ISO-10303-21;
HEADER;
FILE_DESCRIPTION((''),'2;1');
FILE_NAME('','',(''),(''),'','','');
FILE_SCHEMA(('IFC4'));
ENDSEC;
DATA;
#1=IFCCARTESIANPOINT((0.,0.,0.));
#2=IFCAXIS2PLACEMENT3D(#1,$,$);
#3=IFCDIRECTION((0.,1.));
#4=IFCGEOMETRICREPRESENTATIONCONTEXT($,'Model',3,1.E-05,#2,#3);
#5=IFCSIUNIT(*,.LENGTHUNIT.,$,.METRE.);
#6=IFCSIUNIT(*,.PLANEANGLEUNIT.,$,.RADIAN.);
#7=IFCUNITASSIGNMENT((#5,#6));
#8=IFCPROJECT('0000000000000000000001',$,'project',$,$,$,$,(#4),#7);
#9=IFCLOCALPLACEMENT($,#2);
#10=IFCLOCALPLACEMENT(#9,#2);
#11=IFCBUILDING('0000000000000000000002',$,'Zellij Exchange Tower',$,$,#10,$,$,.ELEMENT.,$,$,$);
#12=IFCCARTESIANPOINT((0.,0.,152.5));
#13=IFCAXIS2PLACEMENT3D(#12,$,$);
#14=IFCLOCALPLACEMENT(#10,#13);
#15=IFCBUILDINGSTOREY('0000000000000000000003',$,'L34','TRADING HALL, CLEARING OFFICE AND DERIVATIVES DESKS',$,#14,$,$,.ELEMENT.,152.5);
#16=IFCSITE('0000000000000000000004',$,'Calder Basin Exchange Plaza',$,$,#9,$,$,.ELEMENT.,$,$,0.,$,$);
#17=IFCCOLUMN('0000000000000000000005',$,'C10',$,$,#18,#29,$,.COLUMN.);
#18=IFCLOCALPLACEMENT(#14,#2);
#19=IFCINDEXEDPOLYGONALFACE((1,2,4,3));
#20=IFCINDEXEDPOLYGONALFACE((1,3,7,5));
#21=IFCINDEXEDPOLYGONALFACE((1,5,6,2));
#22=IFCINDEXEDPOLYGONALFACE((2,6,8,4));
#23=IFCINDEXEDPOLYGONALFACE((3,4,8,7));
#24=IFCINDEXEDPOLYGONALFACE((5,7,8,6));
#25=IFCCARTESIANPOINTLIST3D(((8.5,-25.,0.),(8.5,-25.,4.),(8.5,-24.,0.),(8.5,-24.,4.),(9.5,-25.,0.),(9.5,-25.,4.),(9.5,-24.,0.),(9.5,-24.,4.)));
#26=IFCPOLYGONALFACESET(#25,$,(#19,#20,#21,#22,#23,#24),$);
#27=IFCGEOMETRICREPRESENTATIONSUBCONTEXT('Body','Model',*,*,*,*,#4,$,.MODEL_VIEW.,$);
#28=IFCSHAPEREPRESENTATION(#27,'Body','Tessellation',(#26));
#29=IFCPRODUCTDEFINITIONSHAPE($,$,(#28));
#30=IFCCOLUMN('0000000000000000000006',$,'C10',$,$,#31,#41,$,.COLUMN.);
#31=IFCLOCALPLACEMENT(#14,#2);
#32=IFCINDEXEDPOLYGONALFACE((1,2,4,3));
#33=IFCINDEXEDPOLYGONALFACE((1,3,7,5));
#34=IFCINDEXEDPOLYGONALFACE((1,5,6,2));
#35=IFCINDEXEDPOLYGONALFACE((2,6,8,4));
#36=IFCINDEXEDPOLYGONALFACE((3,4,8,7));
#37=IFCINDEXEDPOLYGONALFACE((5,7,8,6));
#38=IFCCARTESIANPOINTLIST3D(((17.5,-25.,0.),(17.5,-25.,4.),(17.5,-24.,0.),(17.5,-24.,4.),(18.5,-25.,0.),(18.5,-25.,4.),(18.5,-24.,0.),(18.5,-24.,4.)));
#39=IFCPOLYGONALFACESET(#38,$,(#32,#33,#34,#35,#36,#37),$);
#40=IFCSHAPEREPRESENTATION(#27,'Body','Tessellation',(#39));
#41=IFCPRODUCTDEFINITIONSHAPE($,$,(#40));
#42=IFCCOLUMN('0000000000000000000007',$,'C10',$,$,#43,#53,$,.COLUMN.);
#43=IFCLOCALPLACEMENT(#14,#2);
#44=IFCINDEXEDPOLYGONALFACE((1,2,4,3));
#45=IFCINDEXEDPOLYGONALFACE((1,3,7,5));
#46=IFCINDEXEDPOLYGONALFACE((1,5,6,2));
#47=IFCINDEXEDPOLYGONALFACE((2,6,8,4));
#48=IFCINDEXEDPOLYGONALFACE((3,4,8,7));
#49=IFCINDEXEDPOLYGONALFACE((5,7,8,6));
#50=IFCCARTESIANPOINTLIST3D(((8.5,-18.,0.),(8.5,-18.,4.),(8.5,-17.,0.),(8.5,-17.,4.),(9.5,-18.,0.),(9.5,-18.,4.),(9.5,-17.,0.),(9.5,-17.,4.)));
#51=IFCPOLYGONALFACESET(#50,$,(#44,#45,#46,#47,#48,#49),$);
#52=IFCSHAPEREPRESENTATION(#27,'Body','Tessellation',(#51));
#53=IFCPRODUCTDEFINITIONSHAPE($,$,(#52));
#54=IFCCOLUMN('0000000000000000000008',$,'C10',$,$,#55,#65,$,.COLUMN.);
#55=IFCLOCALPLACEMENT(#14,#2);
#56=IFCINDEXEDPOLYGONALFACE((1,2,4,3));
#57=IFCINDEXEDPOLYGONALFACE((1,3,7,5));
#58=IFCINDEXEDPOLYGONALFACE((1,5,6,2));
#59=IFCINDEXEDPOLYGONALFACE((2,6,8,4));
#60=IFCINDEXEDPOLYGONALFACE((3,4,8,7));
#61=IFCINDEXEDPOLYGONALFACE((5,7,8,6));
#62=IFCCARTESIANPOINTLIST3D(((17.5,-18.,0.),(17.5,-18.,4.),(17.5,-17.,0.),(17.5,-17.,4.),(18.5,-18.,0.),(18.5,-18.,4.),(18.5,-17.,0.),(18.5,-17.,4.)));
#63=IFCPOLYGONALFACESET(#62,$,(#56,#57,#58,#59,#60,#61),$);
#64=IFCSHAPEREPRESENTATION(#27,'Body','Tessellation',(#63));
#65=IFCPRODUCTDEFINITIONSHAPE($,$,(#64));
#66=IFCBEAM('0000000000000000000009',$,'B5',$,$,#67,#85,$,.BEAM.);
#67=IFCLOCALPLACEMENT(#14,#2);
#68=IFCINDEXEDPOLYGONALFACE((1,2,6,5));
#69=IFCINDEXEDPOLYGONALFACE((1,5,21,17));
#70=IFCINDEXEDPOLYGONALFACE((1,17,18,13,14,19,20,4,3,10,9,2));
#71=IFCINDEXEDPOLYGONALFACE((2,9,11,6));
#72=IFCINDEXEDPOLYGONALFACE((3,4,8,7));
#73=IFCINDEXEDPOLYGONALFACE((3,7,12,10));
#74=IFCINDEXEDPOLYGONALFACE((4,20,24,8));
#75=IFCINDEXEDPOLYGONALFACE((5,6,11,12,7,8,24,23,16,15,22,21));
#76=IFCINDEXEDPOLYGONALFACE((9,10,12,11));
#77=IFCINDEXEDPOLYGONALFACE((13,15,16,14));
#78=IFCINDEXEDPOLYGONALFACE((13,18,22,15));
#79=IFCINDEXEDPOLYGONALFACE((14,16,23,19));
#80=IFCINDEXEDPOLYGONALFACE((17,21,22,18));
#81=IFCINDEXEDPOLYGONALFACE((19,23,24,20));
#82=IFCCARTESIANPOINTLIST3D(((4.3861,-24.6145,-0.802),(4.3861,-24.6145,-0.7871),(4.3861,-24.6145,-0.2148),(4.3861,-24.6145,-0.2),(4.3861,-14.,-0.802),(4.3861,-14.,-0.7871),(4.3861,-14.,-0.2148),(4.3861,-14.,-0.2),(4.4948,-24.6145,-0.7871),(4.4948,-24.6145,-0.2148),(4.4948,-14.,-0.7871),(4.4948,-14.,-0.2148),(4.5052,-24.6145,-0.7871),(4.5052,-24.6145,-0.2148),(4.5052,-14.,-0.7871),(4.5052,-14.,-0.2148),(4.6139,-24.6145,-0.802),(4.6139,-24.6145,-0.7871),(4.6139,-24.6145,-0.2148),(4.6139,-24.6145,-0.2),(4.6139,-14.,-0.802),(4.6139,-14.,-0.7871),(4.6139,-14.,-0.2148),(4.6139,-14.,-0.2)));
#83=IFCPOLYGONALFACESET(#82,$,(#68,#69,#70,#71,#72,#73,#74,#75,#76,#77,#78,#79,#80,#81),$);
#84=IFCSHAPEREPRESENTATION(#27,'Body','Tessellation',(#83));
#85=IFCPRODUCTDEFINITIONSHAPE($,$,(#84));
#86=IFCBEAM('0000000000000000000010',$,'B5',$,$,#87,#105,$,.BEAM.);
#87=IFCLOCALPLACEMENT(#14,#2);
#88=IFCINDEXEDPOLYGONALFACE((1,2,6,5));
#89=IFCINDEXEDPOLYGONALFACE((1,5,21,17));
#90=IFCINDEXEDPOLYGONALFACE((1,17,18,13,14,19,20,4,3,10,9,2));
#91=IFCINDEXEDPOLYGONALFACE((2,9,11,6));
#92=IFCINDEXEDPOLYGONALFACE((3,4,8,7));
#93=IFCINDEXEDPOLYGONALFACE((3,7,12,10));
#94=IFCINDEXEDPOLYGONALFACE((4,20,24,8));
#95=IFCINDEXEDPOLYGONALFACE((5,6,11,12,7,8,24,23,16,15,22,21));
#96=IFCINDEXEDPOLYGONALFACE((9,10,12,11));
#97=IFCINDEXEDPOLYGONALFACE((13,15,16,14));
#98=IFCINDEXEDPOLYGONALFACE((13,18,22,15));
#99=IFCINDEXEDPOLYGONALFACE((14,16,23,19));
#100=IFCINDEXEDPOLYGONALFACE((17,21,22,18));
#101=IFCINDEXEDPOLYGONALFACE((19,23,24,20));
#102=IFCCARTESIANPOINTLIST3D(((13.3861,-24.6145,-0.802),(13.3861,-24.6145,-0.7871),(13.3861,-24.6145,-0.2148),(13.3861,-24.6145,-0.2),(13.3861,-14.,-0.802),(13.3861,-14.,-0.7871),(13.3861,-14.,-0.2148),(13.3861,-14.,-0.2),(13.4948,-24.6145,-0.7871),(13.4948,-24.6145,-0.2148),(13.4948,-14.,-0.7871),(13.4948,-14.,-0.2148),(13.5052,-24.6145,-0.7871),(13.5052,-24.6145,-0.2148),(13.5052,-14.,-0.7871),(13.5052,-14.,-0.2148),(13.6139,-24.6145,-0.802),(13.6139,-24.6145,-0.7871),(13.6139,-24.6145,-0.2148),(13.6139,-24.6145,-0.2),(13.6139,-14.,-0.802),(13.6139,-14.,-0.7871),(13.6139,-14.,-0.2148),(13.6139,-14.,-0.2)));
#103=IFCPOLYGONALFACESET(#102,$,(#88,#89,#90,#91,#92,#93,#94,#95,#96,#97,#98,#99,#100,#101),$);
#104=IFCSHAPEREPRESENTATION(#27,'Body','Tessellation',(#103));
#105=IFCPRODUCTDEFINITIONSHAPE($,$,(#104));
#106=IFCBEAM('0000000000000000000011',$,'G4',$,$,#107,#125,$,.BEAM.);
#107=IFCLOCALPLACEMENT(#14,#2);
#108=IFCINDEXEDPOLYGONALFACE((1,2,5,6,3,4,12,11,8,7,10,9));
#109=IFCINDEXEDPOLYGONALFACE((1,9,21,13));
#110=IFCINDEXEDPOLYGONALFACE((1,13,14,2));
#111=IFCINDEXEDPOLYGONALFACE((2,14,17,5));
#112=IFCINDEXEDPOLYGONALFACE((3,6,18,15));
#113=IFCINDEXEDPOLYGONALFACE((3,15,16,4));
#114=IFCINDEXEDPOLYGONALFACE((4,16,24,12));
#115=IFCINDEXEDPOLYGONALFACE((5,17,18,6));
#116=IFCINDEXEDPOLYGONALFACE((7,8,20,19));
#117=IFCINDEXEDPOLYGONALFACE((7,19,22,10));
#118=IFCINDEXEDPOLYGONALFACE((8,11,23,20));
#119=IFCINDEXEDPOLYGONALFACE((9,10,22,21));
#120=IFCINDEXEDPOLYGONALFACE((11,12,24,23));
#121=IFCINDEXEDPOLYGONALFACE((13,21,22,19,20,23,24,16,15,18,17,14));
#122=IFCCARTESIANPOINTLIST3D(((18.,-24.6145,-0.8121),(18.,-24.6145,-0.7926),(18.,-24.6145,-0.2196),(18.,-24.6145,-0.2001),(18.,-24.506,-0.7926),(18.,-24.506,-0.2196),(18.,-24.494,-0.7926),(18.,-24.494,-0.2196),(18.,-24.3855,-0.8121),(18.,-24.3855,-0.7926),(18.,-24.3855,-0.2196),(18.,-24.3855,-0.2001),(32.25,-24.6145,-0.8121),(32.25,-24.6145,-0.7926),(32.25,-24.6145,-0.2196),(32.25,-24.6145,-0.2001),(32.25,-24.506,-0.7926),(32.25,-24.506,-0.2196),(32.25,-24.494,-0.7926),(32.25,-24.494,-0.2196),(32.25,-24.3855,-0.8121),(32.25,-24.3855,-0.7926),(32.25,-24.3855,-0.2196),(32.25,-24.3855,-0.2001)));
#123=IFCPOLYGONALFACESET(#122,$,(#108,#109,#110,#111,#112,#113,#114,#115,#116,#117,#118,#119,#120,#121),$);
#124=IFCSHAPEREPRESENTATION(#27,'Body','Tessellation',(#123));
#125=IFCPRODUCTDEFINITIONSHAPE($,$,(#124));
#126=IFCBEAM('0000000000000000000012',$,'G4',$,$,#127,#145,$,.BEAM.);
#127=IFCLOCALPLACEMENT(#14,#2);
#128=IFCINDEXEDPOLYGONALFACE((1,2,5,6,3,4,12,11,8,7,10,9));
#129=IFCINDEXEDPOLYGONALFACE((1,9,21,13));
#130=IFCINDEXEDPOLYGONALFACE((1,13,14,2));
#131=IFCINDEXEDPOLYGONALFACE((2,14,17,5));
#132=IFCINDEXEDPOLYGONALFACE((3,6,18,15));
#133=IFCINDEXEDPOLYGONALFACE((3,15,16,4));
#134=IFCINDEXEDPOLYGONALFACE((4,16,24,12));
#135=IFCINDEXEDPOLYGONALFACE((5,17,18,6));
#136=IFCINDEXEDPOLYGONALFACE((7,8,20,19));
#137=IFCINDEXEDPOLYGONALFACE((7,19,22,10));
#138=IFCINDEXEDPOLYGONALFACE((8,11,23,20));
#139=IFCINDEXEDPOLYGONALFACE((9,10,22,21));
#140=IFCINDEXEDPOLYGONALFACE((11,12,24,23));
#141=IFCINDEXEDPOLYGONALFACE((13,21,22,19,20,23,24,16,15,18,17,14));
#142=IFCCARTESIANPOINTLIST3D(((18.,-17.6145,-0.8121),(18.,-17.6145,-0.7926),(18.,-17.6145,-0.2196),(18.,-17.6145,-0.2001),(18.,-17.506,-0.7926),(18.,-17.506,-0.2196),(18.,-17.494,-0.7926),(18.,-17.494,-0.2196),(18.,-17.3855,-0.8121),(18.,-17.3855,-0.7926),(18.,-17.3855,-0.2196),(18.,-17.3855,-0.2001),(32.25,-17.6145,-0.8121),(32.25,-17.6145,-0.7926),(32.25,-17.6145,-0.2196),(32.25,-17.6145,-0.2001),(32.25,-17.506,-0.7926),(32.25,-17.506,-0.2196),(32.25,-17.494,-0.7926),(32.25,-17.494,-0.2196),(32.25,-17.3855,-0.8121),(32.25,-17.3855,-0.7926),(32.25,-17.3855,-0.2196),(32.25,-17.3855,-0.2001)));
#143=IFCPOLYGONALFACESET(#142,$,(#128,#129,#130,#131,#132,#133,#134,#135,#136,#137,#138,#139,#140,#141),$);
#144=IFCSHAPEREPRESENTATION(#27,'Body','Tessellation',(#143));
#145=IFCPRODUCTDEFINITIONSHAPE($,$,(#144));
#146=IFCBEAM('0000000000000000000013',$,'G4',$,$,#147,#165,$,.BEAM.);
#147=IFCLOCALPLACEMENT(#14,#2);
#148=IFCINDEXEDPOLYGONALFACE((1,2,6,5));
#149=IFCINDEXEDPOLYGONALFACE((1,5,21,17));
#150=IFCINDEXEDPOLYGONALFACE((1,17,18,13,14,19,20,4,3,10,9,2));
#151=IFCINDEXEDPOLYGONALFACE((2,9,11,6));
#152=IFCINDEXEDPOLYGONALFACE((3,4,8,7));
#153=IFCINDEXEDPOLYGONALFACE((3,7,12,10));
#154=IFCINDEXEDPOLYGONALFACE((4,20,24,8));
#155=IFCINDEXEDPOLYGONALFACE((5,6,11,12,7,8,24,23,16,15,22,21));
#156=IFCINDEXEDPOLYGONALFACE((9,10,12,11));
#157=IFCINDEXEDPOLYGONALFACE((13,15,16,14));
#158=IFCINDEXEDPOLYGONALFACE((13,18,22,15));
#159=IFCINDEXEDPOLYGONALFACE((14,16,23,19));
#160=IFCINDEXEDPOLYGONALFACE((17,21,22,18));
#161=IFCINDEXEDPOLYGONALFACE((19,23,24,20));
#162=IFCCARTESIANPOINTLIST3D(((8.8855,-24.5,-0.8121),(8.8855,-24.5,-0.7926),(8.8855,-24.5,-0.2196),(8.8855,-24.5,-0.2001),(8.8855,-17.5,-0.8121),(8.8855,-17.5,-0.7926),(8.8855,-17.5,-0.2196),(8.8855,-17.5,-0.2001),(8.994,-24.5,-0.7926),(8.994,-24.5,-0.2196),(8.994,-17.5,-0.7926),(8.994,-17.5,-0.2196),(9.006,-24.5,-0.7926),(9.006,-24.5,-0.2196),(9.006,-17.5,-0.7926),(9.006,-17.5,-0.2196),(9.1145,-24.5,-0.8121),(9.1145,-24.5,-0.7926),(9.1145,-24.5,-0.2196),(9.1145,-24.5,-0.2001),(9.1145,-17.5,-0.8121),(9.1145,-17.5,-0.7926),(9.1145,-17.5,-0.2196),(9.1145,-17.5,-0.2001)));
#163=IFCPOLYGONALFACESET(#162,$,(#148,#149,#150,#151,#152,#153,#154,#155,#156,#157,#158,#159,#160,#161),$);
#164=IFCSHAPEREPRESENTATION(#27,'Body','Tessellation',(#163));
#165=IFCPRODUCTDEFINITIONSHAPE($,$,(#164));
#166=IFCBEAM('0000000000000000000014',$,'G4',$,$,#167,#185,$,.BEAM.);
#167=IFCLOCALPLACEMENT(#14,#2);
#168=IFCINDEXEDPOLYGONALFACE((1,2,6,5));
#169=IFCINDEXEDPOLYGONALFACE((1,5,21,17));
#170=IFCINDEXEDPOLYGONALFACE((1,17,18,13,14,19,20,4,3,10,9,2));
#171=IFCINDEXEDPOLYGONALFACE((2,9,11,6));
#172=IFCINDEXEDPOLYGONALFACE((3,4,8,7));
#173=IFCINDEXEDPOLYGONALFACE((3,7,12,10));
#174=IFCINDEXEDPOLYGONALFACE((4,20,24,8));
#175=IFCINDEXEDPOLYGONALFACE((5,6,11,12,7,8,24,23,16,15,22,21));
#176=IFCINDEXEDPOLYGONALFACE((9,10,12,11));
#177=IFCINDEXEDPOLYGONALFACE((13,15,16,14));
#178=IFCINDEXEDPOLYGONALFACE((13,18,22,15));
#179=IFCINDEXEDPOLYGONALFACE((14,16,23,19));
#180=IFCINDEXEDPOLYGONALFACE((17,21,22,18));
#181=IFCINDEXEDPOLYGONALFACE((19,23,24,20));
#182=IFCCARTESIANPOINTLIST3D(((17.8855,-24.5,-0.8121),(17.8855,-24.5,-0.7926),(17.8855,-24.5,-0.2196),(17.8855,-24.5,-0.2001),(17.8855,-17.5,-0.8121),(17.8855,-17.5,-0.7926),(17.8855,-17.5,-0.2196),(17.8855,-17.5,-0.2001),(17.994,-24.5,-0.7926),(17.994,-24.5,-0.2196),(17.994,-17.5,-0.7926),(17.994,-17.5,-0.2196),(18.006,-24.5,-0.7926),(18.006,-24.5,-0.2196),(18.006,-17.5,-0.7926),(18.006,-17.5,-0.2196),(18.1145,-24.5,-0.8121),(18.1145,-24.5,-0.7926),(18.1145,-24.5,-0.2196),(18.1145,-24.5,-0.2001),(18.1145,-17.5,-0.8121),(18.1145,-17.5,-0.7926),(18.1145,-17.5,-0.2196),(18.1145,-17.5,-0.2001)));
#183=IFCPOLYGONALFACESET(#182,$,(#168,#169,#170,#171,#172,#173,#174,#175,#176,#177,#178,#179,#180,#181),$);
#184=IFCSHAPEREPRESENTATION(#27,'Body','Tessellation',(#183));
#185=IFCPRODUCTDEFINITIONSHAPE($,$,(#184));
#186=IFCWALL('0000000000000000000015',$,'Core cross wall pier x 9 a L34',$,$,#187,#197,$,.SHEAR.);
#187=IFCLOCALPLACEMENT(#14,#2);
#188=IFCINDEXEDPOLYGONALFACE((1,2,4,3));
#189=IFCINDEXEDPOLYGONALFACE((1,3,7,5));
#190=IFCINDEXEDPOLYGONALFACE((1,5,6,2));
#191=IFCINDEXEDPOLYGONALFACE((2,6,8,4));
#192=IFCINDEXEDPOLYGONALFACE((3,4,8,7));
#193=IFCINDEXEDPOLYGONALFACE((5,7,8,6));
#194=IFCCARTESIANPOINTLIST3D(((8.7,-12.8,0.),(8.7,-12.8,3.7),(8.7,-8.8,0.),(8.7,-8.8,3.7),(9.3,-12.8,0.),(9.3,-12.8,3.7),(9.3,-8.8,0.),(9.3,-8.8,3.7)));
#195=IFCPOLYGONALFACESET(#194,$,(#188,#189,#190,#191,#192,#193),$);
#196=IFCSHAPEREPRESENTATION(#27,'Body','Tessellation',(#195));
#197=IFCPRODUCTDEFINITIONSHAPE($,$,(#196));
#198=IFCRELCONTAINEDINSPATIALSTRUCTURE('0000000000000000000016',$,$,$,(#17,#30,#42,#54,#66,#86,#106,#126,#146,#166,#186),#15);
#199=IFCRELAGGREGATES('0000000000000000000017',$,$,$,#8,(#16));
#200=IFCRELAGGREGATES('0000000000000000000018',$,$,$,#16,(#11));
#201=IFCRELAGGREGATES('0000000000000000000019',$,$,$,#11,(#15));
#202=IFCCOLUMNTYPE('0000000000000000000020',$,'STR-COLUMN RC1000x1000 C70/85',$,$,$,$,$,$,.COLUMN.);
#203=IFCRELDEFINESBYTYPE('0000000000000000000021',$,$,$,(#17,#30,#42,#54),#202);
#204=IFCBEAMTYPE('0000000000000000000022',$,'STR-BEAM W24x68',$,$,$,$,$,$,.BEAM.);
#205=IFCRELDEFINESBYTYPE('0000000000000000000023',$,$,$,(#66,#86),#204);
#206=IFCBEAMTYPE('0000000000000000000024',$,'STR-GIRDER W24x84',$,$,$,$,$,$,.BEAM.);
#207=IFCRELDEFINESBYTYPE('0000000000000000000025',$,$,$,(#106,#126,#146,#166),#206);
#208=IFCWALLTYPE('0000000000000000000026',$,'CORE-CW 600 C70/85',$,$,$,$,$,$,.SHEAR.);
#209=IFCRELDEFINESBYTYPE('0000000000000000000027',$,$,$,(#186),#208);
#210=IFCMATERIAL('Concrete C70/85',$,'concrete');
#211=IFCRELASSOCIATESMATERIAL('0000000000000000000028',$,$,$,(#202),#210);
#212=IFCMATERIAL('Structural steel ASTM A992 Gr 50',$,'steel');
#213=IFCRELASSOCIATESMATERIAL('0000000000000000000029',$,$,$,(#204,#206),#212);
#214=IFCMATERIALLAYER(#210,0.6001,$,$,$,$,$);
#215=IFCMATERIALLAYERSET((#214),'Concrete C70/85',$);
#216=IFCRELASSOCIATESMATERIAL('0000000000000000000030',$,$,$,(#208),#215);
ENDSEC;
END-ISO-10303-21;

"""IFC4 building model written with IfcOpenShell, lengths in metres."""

from ifc_helpers import new_model, si_unit, direction, frame, frame_2d, origin, origin_2d, place, context, subcontext, project, spatial, rectangle, i_section, extrude, material, layer, layer_set, material_profile, profile_set, type_object, element, save


model = new_model("IFC4")

# Units and contexts
model_context = context("Model", 3, precision=1e-05, world=origin(), true_north=direction((0.0, 1.0)))
body_context = subcontext(model_context, "Body", "Model", "MODEL_VIEW")
ifc_project = project(units=[si_unit("LENGTHUNIT", "METRE"), si_unit("PLANEANGLEUNIT", "RADIAN")], contexts=[model_context])

# Site, building, storey
site_placement = place(None, origin())
site = spatial("IfcSite", under=ifc_project, at=site_placement, Name="Calder Basin Exchange Plaza", CompositionType="ELEMENT", RefElevation=0.0)
building_placement = place(site_placement, origin())
building = spatial("IfcBuilding", under=site, at=building_placement, Name="Zellij Exchange Tower", CompositionType="ELEMENT")
storey_placement = place(building_placement, frame((0.0, 0.0, 152.5)))
storey = spatial("IfcBuildingStorey", under=building, at=storey_placement, Name="L34", Description="TRADING HALL, CLEARING OFFICE AND DERIVATIVES DESKS", CompositionType="ELEMENT", Elevation=152.5)

# Columns
ifc_material_1 = material(Name="Concrete C70/85", Category="concrete")
ifc_material_profile_1 = material_profile(ifc_material_1, rectangle(XDim=1.0, YDim=1.0, at=origin_2d()), Name="STR-COLUMN RC1000x1000 C70/85")
ifc_profile_set_1 = profile_set([ifc_material_profile_1], Name="Concrete C70/85")
column_type = type_object("IfcColumnType", Name="STR-COLUMN RC1000x1000 C70/85", PredefinedType="COLUMN", material=ifc_profile_set_1)
for number, where, z_axis, x_axis, name in (
    (1, (9.0, -24.5, 0.0), (0.0, 0.0, 1.0), (1.0, 0.0, 0.0), "C10"),
    (2, (18.0, -24.5, 0.0), (0.0, 0.0, 1.0), (1.0, 0.0, 0.0), "C10"),
    (3, (9.0, -17.5, 0.0), (0.0, 0.0, 1.0), (1.0, 0.0, 0.0), "C10"),
    (4, (18.0, -17.5, 0.0), (0.0, 0.0, 1.0), (1.0, 0.0, 0.0), "C10"),
):
    element("IfcColumn", number, at=place(storey_placement, frame(where, z_axis=z_axis, x_axis=x_axis)), inside=storey, type_object=column_type, Name=name, PredefinedType="COLUMN", context=body_context, shape_type="SweptSolid", body=[
        extrude(rectangle(XDim=1.0, YDim=1.0, at=origin_2d()), origin(), (0.0, 0.0, 1.0), 4.0),
    ])

# Beams
ifc_material_2 = material(Name="Structural steel ASTM A992 Gr 50", Category="steel")
ifc_material_profile_2 = material_profile(ifc_material_2, i_section(OverallWidth=0.2278, OverallDepth=0.6021, WebThickness=0.0105, FlangeThickness=0.0149, at=origin_2d()), Name="W24x68")
ifc_profile_set_2 = profile_set([ifc_material_profile_2], Name="Structural steel ASTM A992 Gr 50")
beam_type_1 = type_object("IfcBeamType", Name="STR-BEAM W24x68", PredefinedType="BEAM", material=ifc_profile_set_2)
for number, where, z_axis, x_axis, name in (
    (5, (4.5, -24.6145, -0.501), (0.0, 1.0, 0.0), (-1.0, 0.0, 0.0), "B5"),
    (6, (13.5, -24.6145, -0.501), (0.0, 1.0, 0.0), (-1.0, 0.0, 0.0), "B5"),
):
    element("IfcBeam", number, at=place(storey_placement, frame(where, z_axis=z_axis, x_axis=x_axis)), inside=storey, type_object=beam_type_1, Name=name, PredefinedType="BEAM", context=body_context, shape_type="SweptSolid", body=[
        extrude(i_section(OverallWidth=0.2278, OverallDepth=0.6021, WebThickness=0.0105, FlangeThickness=0.0149, at=origin_2d()), origin(), (0.0, 0.0, 1.0), 10.6145),
    ])
ifc_material_profile_3 = material_profile(ifc_material_2, i_section(OverallWidth=0.229, OverallDepth=0.6121, WebThickness=0.012, FlangeThickness=0.0195, at=origin_2d()), Name="W24x84")
ifc_profile_set_3 = profile_set([ifc_material_profile_3], Name="Structural steel ASTM A992 Gr 50")
beam_type_2 = type_object("IfcBeamType", Name="STR-GIRDER W24x84", PredefinedType="BEAM", material=ifc_profile_set_3)
for number, where, z_axis, x_axis, name in (
    (7, (18.0, -24.5, -0.5061), (1.0, 0.0, 0.0), (0.0, 1.0, 0.0), "G4"),
    (8, (18.0, -17.5, -0.5061), (1.0, 0.0, 0.0), (0.0, 1.0, 0.0), "G4"),
):
    element("IfcBeam", number, at=place(storey_placement, frame(where, z_axis=z_axis, x_axis=x_axis)), inside=storey, type_object=beam_type_2, Name=name, PredefinedType="BEAM", context=body_context, shape_type="SweptSolid", body=[
        extrude(i_section(OverallWidth=0.229, OverallDepth=0.6121, WebThickness=0.012, FlangeThickness=0.0195, at=origin_2d()), origin(), (0.0, 0.0, 1.0), 14.25),
    ])
for number, where, z_axis, x_axis, name in (
    (9, (9.0, -24.5, -0.5061), (0.0, 1.0, 0.0), (-1.0, 0.0, 0.0), "G4"),
    (10, (18.0, -24.5, -0.5061), (0.0, 1.0, 0.0), (-1.0, 0.0, 0.0), "G4"),
):
    element("IfcBeam", number, at=place(storey_placement, frame(where, z_axis=z_axis, x_axis=x_axis)), inside=storey, type_object=beam_type_2, Name=name, PredefinedType="BEAM", context=body_context, shape_type="SweptSolid", body=[
        extrude(i_section(OverallWidth=0.229, OverallDepth=0.6121, WebThickness=0.012, FlangeThickness=0.0195, at=origin_2d()), origin(), (0.0, 0.0, 1.0), 7.0),
    ])

# Wall
ifc_layer_1 = layer(ifc_material_1, 0.6001)
ifc_layer_set_1 = layer_set([ifc_layer_1], Name="Concrete C70/85")
wall_type_1 = type_object("IfcWallType", Name="CORE-CW 600 C70/85", PredefinedType="SHEAR", material=ifc_layer_set_1)
wall_1_placement = place(storey_placement, frame((9.0, -12.8, 0.0), z_axis=(0.0, 0.0, 1.0), x_axis=(0.0, 1.0, 0.0)))
element("IfcWall", 11, at=wall_1_placement, inside=storey, type_object=wall_type_1, Name="Core cross wall pier x 9 a L34", PredefinedType="SHEAR", context=body_context, shape_type="SweptSolid", body=[
    extrude(rectangle(XDim=4.0, YDim=0.6001, at=frame_2d((2.0, 0.0))), origin(), (0.0, 0.0, 1.0), 3.7),
])

save(model, "model.ifc")
